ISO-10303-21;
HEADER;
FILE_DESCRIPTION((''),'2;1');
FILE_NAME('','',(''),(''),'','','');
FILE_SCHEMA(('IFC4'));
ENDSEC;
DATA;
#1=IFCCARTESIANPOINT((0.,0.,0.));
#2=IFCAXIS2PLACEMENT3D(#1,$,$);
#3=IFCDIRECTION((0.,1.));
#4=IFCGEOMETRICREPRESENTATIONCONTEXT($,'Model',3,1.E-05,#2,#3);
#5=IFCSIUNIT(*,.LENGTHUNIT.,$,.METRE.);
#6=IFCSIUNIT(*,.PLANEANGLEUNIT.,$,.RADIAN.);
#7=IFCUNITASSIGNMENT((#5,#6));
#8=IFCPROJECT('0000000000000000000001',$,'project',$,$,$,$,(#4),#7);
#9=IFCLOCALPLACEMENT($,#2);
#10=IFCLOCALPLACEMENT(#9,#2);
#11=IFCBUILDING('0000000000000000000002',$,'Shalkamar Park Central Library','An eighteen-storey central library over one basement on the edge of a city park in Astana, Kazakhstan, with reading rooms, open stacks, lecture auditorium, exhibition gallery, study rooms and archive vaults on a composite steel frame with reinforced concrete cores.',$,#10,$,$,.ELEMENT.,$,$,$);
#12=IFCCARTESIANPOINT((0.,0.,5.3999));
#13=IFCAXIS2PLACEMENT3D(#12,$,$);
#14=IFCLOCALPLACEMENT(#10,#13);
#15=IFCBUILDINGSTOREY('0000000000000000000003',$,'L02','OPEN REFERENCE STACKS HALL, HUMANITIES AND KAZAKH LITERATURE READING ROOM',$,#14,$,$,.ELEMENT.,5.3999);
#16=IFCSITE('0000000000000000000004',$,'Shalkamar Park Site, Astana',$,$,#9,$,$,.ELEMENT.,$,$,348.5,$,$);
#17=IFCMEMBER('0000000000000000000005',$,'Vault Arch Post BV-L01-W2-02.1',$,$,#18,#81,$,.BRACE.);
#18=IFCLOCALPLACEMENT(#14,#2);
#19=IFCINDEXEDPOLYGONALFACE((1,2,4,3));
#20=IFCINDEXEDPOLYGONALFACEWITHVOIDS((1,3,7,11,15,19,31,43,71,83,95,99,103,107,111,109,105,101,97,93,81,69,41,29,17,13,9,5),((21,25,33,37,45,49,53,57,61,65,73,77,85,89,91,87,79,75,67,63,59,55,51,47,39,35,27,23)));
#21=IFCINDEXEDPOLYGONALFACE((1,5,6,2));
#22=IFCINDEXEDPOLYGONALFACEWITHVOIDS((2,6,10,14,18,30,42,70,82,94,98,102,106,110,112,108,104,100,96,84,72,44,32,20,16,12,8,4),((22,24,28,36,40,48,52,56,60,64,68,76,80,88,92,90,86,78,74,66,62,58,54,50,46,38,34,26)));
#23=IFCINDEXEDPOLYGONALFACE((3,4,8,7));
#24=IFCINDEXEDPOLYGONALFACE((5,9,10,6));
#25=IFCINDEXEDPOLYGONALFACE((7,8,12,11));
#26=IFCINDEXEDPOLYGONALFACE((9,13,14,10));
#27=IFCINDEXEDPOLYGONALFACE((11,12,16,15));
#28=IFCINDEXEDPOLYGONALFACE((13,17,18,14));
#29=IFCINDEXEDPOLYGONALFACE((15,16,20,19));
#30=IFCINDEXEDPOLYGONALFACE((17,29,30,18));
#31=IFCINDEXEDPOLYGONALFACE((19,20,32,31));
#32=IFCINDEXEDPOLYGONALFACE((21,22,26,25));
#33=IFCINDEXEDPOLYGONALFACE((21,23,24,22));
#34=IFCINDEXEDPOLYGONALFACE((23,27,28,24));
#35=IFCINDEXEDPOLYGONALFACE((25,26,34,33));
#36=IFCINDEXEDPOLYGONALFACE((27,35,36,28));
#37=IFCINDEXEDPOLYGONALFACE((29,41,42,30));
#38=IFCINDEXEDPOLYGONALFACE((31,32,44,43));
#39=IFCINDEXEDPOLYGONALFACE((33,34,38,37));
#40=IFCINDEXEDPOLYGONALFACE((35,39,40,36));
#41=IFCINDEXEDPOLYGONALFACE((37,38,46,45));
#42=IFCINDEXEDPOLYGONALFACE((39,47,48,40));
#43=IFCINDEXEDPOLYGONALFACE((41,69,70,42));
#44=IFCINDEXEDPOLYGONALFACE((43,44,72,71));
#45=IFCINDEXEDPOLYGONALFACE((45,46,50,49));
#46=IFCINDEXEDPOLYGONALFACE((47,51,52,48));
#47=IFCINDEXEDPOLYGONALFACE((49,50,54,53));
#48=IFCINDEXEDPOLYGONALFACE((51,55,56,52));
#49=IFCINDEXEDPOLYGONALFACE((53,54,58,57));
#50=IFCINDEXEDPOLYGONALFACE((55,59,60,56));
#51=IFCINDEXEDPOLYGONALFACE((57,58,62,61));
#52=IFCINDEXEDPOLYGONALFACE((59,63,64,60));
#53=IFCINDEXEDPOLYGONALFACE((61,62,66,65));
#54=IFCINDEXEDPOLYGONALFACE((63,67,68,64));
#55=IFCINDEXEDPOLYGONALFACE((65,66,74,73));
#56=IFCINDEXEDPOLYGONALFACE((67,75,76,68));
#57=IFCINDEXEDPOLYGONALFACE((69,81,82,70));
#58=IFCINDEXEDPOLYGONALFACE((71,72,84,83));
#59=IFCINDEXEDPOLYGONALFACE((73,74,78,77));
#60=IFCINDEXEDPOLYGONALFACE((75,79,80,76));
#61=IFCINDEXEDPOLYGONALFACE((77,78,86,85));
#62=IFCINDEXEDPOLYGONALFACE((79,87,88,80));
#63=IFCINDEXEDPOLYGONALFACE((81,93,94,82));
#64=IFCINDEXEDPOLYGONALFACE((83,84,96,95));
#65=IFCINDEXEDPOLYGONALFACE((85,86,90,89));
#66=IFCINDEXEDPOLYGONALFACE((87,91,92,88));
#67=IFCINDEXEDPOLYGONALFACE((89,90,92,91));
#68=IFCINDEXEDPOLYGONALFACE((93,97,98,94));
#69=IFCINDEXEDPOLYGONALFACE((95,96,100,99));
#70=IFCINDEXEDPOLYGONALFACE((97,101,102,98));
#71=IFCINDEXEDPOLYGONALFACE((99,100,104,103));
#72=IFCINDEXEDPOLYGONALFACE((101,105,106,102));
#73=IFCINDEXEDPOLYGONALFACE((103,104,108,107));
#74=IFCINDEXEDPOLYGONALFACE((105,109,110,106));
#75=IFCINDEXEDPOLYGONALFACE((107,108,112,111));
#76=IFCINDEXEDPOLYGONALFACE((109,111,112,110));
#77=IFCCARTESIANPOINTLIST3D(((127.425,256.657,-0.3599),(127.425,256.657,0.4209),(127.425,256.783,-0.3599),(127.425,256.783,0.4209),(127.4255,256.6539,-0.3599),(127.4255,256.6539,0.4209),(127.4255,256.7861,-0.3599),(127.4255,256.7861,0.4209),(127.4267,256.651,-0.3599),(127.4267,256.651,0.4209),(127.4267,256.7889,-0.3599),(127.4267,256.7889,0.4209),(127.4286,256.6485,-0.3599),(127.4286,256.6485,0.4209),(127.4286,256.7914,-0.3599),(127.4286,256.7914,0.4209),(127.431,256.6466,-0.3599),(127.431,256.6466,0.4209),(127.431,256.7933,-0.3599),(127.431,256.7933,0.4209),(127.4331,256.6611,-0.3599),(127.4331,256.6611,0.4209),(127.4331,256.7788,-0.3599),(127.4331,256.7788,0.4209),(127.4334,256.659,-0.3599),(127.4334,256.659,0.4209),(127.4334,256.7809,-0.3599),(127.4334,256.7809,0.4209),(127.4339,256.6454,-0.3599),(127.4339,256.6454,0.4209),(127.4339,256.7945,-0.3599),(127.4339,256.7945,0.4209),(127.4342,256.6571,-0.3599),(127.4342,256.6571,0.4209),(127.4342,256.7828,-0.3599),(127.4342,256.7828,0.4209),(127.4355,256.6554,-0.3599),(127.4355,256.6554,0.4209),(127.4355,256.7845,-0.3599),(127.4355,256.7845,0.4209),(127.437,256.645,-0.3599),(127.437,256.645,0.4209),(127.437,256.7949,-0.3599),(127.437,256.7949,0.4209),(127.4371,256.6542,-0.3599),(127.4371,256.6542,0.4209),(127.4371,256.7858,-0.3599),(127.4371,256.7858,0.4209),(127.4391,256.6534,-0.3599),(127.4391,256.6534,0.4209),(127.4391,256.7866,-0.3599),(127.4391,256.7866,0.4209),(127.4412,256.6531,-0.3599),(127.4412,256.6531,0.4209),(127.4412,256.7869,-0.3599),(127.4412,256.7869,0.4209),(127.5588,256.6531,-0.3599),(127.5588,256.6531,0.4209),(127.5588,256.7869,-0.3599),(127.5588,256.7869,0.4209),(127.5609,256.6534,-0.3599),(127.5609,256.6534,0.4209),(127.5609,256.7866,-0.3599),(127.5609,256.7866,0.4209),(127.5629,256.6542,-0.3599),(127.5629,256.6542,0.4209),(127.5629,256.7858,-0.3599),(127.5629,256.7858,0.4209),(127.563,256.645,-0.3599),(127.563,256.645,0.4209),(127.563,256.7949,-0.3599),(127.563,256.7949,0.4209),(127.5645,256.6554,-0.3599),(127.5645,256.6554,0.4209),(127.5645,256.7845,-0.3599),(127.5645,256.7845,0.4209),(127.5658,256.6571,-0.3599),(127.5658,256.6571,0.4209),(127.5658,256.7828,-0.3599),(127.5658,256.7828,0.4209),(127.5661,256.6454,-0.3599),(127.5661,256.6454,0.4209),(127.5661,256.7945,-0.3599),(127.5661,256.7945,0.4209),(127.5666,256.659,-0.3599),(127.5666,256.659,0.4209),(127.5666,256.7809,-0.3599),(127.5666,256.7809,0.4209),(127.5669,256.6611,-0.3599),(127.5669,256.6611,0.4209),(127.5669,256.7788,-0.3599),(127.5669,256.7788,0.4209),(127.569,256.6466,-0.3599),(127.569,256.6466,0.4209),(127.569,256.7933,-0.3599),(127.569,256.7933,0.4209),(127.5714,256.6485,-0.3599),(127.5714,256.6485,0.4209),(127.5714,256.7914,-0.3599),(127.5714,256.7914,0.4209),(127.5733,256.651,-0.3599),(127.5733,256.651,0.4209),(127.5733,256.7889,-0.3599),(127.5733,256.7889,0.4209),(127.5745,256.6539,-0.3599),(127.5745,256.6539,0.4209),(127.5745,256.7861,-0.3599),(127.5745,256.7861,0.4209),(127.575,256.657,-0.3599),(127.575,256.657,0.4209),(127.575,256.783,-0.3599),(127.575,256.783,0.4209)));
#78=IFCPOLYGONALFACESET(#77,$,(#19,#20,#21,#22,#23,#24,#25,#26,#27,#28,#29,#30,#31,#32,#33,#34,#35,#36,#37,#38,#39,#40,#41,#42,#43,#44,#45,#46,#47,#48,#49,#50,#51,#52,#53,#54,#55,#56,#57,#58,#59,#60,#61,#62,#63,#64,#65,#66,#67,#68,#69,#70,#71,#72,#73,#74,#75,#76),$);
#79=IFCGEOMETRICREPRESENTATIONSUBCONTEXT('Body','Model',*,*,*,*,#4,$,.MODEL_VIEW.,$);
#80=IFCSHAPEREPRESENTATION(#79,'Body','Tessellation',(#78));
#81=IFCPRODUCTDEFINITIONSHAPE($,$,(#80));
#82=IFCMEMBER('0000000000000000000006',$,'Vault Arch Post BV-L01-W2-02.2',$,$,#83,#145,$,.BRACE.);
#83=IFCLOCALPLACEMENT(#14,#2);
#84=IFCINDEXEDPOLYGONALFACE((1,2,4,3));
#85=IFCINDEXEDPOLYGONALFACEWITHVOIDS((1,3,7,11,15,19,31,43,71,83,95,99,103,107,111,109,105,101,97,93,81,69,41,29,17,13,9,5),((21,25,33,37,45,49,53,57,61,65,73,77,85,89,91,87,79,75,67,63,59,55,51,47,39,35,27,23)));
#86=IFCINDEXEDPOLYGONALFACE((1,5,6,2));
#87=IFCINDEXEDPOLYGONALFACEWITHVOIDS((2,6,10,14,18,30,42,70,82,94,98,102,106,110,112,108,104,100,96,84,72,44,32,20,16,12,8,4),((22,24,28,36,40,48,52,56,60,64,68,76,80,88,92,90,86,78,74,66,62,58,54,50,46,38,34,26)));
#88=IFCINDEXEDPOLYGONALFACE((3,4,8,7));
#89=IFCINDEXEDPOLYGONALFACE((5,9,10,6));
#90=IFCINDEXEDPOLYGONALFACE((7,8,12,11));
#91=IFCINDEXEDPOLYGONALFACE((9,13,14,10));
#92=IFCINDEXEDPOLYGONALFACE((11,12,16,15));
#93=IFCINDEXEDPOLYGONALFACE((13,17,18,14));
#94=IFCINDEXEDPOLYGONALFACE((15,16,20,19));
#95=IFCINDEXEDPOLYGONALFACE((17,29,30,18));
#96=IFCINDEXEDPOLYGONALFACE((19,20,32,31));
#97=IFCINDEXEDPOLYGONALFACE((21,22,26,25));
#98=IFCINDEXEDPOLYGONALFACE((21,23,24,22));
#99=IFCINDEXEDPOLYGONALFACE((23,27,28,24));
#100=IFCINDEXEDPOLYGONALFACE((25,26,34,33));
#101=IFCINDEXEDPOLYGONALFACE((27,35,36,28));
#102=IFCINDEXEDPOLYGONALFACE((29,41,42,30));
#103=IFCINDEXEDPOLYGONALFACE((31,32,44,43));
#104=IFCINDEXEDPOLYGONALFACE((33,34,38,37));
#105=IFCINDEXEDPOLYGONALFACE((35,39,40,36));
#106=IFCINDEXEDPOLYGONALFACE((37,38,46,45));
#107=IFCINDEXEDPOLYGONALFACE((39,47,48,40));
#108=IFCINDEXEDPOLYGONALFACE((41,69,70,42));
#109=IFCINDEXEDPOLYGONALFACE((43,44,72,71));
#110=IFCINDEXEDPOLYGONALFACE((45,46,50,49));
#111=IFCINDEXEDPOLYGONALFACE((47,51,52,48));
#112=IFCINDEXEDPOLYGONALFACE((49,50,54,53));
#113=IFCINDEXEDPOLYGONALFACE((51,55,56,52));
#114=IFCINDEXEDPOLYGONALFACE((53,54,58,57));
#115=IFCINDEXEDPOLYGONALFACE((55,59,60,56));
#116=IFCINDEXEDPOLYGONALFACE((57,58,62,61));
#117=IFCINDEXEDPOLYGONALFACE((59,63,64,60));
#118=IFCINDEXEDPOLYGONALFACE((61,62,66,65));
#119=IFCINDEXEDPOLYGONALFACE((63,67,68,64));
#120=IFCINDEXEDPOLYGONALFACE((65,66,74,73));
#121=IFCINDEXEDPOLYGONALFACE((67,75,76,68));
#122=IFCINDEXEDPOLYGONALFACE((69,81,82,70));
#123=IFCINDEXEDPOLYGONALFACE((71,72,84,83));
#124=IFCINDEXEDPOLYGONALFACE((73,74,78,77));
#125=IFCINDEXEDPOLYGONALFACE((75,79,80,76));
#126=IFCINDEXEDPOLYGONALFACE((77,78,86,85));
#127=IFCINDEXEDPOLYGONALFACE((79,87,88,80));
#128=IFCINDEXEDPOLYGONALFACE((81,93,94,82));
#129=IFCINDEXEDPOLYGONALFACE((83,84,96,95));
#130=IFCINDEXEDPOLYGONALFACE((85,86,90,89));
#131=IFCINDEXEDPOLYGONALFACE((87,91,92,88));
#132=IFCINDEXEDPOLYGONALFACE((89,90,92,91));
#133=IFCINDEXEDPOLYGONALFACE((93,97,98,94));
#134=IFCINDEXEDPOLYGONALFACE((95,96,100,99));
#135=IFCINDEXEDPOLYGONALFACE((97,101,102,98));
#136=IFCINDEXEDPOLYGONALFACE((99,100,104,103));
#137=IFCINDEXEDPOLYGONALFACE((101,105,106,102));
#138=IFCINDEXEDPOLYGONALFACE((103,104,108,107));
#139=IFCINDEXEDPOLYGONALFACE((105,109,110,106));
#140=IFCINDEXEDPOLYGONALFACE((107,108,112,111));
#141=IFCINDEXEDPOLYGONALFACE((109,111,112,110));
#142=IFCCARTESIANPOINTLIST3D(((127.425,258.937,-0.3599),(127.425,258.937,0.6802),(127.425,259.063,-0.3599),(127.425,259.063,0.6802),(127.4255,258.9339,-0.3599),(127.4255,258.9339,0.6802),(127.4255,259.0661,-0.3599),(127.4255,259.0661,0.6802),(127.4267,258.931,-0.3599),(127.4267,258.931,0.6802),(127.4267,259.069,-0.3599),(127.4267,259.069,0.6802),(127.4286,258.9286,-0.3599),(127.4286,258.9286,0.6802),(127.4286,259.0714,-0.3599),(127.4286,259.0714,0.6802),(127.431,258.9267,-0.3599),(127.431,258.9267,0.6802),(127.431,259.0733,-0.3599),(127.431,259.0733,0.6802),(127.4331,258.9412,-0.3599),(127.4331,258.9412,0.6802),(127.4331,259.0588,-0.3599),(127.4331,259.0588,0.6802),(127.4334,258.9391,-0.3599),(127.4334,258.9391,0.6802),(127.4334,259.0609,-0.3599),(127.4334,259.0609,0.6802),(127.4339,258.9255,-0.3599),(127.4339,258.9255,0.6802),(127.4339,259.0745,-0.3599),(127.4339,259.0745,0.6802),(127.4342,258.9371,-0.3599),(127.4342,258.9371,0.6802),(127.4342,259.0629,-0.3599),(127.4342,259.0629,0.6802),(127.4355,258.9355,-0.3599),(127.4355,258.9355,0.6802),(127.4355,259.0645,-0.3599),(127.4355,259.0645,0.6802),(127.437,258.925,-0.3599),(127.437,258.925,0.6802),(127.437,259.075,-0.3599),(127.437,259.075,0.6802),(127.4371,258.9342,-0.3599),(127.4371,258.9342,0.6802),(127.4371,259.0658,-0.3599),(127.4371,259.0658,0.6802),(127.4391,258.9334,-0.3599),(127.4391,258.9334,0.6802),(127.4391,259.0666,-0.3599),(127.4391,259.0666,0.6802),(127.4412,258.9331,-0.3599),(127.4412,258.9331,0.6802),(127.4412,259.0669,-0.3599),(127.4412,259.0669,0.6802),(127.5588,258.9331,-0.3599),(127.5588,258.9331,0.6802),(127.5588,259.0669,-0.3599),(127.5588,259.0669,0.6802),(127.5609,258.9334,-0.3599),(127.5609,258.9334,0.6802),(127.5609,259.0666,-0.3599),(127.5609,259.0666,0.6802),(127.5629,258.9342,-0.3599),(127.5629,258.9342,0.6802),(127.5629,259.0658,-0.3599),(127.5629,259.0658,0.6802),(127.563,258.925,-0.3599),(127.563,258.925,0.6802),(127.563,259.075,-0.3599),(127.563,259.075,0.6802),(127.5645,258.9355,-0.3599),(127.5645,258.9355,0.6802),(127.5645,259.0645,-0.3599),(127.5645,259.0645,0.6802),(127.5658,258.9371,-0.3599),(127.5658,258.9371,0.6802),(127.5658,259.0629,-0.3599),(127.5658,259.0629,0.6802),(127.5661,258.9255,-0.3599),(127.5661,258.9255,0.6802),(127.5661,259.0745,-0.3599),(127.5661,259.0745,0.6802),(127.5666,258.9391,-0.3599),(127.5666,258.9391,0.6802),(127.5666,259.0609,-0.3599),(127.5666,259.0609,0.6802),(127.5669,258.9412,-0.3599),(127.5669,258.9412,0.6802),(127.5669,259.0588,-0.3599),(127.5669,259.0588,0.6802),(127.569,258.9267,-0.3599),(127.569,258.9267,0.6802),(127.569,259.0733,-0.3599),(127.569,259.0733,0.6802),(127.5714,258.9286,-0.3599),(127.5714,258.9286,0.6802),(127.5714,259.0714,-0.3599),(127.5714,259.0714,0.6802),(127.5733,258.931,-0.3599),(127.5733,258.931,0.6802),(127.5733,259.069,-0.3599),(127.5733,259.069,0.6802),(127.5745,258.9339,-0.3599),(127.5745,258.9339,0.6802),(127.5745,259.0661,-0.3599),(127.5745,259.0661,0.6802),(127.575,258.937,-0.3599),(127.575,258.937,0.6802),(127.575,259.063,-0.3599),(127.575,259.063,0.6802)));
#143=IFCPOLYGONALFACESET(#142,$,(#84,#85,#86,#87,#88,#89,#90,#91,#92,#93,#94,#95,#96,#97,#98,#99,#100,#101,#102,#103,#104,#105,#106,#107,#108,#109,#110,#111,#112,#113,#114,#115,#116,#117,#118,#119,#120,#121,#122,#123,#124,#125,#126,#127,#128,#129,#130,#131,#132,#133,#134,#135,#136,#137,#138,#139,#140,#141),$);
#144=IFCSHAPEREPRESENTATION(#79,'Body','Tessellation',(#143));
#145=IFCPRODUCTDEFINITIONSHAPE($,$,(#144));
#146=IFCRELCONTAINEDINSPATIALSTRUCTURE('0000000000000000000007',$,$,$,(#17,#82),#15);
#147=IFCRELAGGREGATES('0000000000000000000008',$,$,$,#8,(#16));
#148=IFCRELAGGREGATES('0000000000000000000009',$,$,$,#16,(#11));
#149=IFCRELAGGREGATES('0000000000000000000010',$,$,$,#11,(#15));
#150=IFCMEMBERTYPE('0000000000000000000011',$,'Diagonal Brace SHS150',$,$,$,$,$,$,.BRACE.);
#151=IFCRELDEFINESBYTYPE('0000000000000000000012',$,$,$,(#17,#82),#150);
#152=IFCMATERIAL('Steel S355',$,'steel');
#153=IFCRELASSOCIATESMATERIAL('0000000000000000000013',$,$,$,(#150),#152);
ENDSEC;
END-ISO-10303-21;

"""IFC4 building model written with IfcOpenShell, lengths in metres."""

from ifc_helpers import new_model, si_unit, direction, frame, origin, origin_2d, place, context, subcontext, project, spatial, hollow_rectangle, extrude, material, material_profile, profile_set, type_object, element, save


model = new_model("IFC4")

# Units and contexts
model_context = context("Model", 3, precision=1e-05, world=origin(), true_north=direction((0.0, 1.0)))
body_context = subcontext(model_context, "Body", "Model", "MODEL_VIEW")
ifc_project = project(units=[si_unit("LENGTHUNIT", "METRE"), si_unit("PLANEANGLEUNIT", "RADIAN")], contexts=[model_context])

# Site, building, storey
site_placement = place(None, origin())
site = spatial("IfcSite", under=ifc_project, at=site_placement, Name="Shalkamar Park Site, Astana", CompositionType="ELEMENT", RefElevation=348.5)
building_placement = place(site_placement, origin())
building = spatial("IfcBuilding", under=site, at=building_placement, Name="Shalkamar Park Central Library", Description="An eighteen-storey central library over one basement on the edge of a city park in Astana, Kazakhstan, with reading rooms, open stacks, lecture auditorium, exhibition gallery, study rooms and archive vaults on a composite steel frame with reinforced concrete cores.", CompositionType="ELEMENT")
storey_placement = place(building_placement, frame((0.0, 0.0, 5.3999)))
storey = spatial("IfcBuildingStorey", under=building, at=storey_placement, Name="L02", Description="OPEN REFERENCE STACKS HALL, HUMANITIES AND KAZAKH LITERATURE READING ROOM", CompositionType="ELEMENT", Elevation=5.3999)

# Members
ifc_material_1 = material(Name="Steel S355", Category="steel")
ifc_material_profile_1 = material_profile(ifc_material_1, hollow_rectangle(XDim=0.1499, YDim=0.1499, WallThickness=0.0081, InnerFilletRadius=0.0081, OuterFilletRadius=0.012, at=origin_2d()), Name="SHS 150x150x8")
ifc_profile_set_1 = profile_set([ifc_material_profile_1], Name="Steel S355")
member_type_1 = type_object("IfcMemberType", Name="Diagonal Brace SHS150", PredefinedType="BRACE", material=ifc_profile_set_1)
for number, where, z_axis, x_axis, name in (
    (1, (127.5, 256.72, -0.3599), (0.0, 0.0, 1.0), (1.0, 0.0, 0.0), "Vault Arch Post BV-L01-W2-02.1"),
):
    element("IfcMember", number, at=place(storey_placement, frame(where, z_axis=z_axis, x_axis=x_axis)), inside=storey, type_object=member_type_1, Name=name, PredefinedType="BRACE", context=body_context, shape_type="SweptSolid", body=[
        extrude(hollow_rectangle(XDim=0.1499, YDim=0.1499, WallThickness=0.0081, InnerFilletRadius=0.0081, OuterFilletRadius=0.012, at=origin_2d()), origin(), (0.0, 0.0, 1.0), 0.7808),
    ])
member_1_placement = place(storey_placement, frame((127.5, 259.0, -0.3599), z_axis=(0.0, 0.0, 1.0), x_axis=(1.0, 0.0, 0.0)))
element("IfcMember", 2, at=member_1_placement, inside=storey, type_object=member_type_1, Name="Vault Arch Post BV-L01-W2-02.2", PredefinedType="BRACE", context=body_context, shape_type="SweptSolid", body=[
    extrude(hollow_rectangle(XDim=0.1499, YDim=0.1499, WallThickness=0.0081, InnerFilletRadius=0.0081, OuterFilletRadius=0.012, at=origin_2d()), origin(), (0.0, 0.0, 1.0), 1.04),
])

save(model, "model.ifc")
